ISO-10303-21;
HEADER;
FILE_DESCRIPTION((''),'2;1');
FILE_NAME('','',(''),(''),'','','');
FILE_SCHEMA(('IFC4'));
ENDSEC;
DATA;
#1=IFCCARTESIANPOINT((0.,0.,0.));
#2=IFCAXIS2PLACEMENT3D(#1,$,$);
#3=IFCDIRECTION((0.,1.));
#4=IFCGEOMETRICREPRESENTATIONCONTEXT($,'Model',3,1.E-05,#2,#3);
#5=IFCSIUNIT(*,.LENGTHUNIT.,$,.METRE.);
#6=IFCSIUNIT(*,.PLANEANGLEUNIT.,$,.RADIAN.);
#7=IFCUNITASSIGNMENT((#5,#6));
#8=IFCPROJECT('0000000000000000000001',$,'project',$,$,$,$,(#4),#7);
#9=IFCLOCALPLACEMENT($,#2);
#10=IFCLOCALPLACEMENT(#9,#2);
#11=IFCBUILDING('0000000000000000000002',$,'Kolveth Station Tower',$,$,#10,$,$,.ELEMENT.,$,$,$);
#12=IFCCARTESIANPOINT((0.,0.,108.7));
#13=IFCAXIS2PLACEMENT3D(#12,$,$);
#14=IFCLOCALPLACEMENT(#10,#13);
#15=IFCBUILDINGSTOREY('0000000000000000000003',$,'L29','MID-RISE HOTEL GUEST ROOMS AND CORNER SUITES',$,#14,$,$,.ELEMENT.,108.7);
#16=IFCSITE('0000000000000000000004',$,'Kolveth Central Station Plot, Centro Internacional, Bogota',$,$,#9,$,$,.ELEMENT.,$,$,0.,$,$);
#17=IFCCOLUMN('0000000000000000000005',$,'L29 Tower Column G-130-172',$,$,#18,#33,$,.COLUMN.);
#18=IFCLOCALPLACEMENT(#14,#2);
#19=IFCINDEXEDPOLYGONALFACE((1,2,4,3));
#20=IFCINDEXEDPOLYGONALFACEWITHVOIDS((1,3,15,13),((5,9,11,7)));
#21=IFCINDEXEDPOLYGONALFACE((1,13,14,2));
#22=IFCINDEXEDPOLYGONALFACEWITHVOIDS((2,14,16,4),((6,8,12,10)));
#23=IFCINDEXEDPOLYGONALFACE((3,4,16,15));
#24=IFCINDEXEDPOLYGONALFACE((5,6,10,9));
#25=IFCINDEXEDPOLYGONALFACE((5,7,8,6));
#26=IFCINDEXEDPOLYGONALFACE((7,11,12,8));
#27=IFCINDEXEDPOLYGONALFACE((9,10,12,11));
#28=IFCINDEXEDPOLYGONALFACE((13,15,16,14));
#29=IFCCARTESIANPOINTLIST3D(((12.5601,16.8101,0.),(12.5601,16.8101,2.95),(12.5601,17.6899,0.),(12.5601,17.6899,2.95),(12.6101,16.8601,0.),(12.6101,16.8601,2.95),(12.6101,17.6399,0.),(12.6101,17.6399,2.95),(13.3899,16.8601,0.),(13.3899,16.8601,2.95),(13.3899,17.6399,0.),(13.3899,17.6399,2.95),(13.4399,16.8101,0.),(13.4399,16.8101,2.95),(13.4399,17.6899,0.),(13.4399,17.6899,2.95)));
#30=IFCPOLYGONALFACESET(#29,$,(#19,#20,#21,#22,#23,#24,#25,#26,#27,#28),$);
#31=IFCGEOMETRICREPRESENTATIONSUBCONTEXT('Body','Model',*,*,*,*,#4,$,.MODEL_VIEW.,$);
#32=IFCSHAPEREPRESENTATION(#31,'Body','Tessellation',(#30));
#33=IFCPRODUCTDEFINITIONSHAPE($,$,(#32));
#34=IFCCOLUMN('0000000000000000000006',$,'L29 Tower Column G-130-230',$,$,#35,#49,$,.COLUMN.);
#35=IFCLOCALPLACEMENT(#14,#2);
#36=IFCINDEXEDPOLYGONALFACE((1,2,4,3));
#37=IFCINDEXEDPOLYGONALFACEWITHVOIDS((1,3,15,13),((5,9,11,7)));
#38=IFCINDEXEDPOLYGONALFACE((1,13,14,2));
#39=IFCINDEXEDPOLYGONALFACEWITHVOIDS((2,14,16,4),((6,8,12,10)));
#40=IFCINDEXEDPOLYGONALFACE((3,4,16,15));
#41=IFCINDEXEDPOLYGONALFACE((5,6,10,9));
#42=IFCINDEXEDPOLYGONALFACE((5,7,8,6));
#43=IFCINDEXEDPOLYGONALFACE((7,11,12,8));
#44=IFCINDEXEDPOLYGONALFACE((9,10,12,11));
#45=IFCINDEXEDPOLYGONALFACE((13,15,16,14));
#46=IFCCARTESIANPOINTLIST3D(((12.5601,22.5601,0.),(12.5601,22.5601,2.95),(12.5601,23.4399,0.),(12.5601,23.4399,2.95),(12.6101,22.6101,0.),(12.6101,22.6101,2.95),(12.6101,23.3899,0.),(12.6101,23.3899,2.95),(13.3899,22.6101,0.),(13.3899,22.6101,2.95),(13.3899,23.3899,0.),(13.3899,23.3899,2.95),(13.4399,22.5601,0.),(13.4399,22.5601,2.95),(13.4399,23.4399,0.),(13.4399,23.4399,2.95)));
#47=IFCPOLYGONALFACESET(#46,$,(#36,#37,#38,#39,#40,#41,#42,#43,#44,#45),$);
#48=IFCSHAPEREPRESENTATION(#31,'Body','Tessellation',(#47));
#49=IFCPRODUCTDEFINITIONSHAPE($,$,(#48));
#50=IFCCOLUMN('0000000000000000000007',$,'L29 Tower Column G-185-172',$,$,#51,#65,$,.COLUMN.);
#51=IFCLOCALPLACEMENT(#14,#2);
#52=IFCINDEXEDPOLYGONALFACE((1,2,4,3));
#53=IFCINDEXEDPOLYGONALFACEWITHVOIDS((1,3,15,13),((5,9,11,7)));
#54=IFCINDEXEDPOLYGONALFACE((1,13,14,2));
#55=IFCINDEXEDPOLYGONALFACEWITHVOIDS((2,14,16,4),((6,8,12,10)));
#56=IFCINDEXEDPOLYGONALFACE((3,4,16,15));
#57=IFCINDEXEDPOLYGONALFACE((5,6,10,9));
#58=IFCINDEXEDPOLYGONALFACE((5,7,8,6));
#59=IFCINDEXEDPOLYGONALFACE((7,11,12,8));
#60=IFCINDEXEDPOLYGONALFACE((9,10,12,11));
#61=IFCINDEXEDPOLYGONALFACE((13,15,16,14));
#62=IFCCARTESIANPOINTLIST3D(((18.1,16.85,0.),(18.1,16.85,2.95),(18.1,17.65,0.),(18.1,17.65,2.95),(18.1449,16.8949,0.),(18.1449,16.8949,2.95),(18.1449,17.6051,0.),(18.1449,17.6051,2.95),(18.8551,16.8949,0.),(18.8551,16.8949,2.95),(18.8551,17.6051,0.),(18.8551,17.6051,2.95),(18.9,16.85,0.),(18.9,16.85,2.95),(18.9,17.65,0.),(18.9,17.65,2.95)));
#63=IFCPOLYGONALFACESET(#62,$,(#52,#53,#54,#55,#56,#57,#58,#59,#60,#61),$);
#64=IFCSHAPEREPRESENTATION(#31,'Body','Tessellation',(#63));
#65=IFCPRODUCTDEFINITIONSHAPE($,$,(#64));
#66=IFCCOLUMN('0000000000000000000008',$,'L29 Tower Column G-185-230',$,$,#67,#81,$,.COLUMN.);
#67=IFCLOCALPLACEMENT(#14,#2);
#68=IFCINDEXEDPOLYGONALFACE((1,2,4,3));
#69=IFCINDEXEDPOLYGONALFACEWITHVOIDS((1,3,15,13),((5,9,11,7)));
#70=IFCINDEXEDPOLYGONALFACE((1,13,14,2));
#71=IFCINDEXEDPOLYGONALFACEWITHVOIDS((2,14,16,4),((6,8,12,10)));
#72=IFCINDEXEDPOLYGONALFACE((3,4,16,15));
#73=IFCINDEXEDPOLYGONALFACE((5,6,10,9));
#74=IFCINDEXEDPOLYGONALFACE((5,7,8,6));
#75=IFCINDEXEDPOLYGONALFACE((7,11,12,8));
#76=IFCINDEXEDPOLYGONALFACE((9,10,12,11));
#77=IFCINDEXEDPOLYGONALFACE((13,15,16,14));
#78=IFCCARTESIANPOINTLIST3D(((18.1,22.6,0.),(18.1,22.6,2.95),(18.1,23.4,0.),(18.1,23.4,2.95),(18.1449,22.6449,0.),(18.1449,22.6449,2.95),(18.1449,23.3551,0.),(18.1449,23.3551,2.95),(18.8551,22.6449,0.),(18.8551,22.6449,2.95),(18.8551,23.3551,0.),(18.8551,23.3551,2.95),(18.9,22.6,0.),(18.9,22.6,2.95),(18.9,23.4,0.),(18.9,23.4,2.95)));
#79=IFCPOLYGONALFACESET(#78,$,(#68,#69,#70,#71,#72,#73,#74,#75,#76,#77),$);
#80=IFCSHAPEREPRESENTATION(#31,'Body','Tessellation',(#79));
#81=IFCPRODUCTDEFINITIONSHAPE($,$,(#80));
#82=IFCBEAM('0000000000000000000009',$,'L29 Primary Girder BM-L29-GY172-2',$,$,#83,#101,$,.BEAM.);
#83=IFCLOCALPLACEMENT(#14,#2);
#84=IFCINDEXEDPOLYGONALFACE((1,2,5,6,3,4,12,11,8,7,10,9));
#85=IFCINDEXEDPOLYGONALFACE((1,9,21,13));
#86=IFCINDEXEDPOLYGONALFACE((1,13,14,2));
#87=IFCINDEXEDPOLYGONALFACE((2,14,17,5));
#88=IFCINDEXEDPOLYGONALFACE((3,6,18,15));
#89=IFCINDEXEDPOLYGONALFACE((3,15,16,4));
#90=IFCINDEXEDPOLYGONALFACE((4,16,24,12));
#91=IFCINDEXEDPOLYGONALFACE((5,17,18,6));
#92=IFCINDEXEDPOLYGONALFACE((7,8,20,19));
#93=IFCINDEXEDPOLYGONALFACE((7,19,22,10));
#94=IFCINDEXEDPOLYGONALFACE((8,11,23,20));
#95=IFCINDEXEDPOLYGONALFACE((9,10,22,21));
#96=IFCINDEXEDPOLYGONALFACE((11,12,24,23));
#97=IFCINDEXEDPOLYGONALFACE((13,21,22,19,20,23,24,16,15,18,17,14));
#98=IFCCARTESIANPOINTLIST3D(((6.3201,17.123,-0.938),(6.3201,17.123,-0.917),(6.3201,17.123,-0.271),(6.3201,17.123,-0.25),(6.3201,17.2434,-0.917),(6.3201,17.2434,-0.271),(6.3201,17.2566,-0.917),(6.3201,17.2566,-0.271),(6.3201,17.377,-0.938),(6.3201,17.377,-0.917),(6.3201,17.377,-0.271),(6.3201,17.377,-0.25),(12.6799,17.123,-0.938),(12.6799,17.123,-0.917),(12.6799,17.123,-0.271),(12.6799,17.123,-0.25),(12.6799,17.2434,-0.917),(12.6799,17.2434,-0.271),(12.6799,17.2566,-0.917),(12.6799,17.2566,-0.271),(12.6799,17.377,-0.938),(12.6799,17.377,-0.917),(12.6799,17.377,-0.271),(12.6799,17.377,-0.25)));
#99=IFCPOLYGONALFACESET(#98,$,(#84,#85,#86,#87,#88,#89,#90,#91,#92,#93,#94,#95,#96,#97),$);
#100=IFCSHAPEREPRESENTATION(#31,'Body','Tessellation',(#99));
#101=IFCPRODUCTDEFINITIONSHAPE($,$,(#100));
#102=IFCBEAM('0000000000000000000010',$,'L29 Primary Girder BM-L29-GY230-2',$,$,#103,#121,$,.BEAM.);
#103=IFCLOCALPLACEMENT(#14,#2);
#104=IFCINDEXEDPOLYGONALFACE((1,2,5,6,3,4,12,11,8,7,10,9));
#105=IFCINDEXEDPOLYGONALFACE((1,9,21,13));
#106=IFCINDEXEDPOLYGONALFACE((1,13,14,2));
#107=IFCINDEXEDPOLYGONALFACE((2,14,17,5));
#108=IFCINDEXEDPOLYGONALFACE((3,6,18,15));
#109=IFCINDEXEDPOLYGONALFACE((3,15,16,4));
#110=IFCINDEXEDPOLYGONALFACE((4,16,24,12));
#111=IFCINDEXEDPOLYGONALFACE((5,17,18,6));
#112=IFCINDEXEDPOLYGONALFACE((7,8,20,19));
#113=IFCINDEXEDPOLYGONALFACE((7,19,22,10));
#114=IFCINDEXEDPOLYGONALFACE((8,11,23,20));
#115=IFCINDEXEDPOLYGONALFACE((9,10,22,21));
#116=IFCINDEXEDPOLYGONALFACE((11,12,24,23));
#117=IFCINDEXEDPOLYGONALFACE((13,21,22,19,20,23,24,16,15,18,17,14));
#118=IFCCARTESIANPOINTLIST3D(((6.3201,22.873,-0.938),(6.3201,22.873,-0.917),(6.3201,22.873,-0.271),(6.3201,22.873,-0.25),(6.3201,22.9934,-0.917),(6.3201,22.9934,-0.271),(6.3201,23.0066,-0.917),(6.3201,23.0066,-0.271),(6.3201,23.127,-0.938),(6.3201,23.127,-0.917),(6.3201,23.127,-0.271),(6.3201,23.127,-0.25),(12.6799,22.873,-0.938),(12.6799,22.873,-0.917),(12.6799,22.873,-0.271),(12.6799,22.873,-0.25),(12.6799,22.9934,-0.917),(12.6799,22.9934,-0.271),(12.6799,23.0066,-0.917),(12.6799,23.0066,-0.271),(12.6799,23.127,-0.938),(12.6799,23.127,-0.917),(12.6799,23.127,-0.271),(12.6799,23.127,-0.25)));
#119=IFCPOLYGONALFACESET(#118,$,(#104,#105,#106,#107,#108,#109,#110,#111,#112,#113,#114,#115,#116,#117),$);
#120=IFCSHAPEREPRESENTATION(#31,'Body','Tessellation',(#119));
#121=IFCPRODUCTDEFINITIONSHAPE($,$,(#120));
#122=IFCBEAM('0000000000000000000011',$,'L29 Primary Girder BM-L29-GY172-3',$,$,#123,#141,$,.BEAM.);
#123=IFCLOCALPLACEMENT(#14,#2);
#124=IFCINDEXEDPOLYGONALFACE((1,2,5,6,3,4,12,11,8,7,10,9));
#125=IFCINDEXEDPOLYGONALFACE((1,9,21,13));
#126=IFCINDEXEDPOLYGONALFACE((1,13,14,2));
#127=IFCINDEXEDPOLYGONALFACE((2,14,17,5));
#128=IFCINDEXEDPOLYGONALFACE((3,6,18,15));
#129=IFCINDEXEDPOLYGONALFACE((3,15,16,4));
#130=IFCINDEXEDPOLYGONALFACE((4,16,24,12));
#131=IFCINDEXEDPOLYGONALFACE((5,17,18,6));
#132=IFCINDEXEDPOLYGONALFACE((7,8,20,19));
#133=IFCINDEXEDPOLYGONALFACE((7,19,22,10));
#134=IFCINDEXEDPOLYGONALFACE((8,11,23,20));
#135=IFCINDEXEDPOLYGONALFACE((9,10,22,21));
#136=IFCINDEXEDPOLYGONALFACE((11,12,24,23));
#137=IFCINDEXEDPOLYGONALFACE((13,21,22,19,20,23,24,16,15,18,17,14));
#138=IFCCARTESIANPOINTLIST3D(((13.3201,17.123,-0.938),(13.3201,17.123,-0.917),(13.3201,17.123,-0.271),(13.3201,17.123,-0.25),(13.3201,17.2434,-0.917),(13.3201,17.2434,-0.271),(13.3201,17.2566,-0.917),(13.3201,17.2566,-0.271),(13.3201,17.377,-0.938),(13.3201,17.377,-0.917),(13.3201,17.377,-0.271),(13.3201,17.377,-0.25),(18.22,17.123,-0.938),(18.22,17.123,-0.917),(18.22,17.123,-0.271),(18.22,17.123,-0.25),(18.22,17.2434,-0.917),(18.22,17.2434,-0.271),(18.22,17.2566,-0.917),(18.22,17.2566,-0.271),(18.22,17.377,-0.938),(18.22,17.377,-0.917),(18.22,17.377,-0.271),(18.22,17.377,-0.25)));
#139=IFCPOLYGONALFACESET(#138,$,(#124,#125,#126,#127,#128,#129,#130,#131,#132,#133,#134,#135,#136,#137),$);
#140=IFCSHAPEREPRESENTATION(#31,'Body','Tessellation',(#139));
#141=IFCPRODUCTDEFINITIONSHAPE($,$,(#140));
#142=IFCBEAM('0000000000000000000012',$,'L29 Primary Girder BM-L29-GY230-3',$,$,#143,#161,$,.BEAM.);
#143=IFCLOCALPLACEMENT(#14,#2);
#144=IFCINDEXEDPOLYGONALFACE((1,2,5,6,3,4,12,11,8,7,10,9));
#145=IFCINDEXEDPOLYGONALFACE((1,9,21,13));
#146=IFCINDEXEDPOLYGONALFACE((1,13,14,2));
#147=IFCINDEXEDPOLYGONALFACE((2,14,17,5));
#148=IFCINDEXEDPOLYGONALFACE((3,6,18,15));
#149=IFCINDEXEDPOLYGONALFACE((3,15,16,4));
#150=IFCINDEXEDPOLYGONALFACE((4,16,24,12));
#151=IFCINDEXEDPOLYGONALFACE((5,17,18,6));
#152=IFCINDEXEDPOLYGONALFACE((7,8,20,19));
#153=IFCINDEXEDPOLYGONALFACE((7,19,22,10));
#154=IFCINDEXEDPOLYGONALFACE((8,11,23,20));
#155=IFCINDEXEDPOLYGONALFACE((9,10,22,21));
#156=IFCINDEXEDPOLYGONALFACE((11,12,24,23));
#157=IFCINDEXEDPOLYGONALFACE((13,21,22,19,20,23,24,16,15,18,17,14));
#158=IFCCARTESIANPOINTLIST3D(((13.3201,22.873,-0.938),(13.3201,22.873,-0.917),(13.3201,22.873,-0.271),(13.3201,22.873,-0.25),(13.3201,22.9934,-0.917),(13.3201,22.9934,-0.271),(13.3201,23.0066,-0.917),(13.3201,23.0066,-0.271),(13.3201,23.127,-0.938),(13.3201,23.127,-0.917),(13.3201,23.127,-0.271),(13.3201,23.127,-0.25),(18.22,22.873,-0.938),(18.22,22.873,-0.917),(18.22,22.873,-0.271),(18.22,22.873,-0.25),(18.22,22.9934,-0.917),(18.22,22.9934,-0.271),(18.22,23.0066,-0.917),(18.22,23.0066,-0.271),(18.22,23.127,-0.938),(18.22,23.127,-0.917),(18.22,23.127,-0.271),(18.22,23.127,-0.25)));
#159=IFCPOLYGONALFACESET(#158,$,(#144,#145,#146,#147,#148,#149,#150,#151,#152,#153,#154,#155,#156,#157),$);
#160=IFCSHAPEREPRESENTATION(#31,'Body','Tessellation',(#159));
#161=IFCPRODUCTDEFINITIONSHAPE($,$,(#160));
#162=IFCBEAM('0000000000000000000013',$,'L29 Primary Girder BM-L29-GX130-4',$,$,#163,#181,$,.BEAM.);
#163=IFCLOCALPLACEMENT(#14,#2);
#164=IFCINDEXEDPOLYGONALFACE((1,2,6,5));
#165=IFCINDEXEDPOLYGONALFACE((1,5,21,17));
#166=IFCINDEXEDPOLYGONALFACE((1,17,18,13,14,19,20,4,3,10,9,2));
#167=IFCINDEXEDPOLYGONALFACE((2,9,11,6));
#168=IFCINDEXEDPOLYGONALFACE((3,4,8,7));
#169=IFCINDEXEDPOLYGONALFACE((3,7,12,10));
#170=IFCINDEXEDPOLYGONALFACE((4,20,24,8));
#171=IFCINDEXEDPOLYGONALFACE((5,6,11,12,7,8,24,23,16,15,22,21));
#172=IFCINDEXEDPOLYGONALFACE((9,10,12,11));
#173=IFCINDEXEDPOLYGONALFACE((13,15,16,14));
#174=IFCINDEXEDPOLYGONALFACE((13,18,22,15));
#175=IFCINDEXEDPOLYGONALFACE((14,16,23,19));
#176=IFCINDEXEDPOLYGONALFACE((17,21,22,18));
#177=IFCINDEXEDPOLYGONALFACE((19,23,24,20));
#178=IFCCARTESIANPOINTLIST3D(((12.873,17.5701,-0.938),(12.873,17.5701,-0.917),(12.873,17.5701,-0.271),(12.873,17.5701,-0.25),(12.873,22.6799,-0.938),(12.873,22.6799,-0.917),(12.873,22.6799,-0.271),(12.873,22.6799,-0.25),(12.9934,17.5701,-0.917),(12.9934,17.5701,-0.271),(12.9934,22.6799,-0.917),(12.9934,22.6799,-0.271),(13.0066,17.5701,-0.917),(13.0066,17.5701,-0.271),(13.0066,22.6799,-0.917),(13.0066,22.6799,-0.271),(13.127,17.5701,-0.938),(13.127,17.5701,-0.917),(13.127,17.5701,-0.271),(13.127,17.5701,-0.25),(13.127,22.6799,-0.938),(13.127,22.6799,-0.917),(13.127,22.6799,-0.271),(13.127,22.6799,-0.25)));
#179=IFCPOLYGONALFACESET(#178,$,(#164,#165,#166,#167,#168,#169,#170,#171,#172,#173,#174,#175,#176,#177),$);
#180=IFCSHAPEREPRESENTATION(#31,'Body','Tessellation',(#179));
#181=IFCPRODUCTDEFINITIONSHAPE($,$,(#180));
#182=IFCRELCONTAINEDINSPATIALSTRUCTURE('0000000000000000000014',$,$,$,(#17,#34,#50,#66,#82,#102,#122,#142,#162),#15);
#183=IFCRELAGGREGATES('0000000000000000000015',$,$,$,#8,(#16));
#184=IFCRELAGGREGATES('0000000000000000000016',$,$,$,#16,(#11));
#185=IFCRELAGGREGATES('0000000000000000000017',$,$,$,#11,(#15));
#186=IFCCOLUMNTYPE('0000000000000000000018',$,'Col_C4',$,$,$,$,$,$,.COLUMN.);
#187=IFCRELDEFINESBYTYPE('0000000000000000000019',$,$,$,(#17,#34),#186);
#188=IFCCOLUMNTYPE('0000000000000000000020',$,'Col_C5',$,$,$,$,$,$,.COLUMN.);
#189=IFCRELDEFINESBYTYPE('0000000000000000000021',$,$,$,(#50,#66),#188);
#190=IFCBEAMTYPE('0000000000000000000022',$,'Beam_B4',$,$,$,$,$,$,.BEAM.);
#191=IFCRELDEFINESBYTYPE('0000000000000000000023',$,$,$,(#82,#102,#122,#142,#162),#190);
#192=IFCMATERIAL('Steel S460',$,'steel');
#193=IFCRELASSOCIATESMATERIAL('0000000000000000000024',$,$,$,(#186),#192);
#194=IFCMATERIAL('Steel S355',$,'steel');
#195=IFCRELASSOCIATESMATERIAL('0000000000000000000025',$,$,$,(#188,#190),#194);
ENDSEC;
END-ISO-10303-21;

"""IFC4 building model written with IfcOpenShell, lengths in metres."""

from ifc_helpers import new_model, si_unit, direction, frame, origin, origin_2d, place, context, subcontext, project, spatial, hollow_rectangle, i_section, extrude, source, transform, mapped, material, material_profile, profile_set, type_object, element, save


model = new_model("IFC4")

# Units and contexts
model_context = context("Model", 3, precision=1e-05, world=origin(), true_north=direction((0.0, 1.0)))
body_context = subcontext(model_context, "Body", "Model", "MODEL_VIEW")
ifc_project = project(units=[si_unit("LENGTHUNIT", "METRE"), si_unit("PLANEANGLEUNIT", "RADIAN")], contexts=[model_context])

# Site, building, storey
site_placement = place(None, origin())
site = spatial("IfcSite", under=ifc_project, at=site_placement, Name="Kolveth Central Station Plot, Centro Internacional, Bogota", CompositionType="ELEMENT", RefElevation=0.0)
building_placement = place(site_placement, origin())
building = spatial("IfcBuilding", under=site, at=building_placement, Name="Kolveth Station Tower", CompositionType="ELEMENT")
storey_placement = place(building_placement, frame((0.0, 0.0, 108.7)))
storey = spatial("IfcBuildingStorey", under=building, at=storey_placement, Name="L29", Description="MID-RISE HOTEL GUEST ROOMS AND CORNER SUITES", CompositionType="ELEMENT", Elevation=108.7)

# Columns
ifc_material_1 = material(Name="Steel S460", Category="steel")
ifc_material_profile_1 = material_profile(ifc_material_1, hollow_rectangle(XDim=0.8799, YDim=0.8799, WallThickness=0.05, at=origin_2d()), Name="BOX880x880x50")
ifc_profile_set_1 = profile_set([ifc_material_profile_1], Name="Steel S460")
column_type_1 = type_object("IfcColumnType", Name="Col_C4", PredefinedType="COLUMN", material=ifc_profile_set_1)
shared_shape_1 = source(origin(), body_context, "Body", "SweptSolid", [
    extrude(hollow_rectangle(XDim=0.8799, YDim=0.8799, WallThickness=0.05, at=origin_2d()), origin(), (0.0, 0.0, 1.0), 2.95),
])
for number, where, z_axis, x_axis, name in (
    (1, (13.0, 17.25, 0.0), (0.0, 0.0, 1.0), (1.0, 0.0, 0.0), "L29 Tower Column G-130-172"),
    (2, (13.0, 23.0, 0.0), (0.0, 0.0, 1.0), (1.0, 0.0, 0.0), "L29 Tower Column G-130-230"),
):
    element("IfcColumn", number, at=place(storey_placement, frame(where, z_axis=z_axis, x_axis=x_axis)), inside=storey, type_object=column_type_1, Name=name, PredefinedType="COLUMN", context=body_context, shape_type="MappedRepresentation", body=[
        mapped(shared_shape_1, transform((0.0, 0.0, 0.0), x_axis=(1.0, 0.0, 0.0), y_axis=(0.0, 1.0, 0.0), z_axis=(0.0, 0.0, 1.0), scale=1.0)),
    ])
ifc_material_2 = material(Name="Steel S355", Category="steel")
ifc_material_profile_2 = material_profile(ifc_material_2, hollow_rectangle(XDim=0.8, YDim=0.8, WallThickness=0.0449, at=origin_2d()), Name="BOX800x800x45")
ifc_profile_set_2 = profile_set([ifc_material_profile_2], Name="Steel S355")
column_type_2 = type_object("IfcColumnType", Name="Col_C5", PredefinedType="COLUMN", material=ifc_profile_set_2)
shared_shape_2 = source(origin(), body_context, "Body", "SweptSolid", [
    extrude(hollow_rectangle(XDim=0.8, YDim=0.8, WallThickness=0.0449, at=origin_2d()), origin(), (0.0, 0.0, 1.0), 2.95),
])
for number, where, z_axis, x_axis, name in (
    (3, (18.5, 17.25, 0.0), (0.0, 0.0, 1.0), (1.0, 0.0, 0.0), "L29 Tower Column G-185-172"),
    (4, (18.5, 23.0, 0.0), (0.0, 0.0, 1.0), (1.0, 0.0, 0.0), "L29 Tower Column G-185-230"),
):
    element("IfcColumn", number, at=place(storey_placement, frame(where, z_axis=z_axis, x_axis=x_axis)), inside=storey, type_object=column_type_2, Name=name, PredefinedType="COLUMN", context=body_context, shape_type="MappedRepresentation", body=[
        mapped(shared_shape_2, transform((0.0, 0.0, 0.0), x_axis=(1.0, 0.0, 0.0), y_axis=(0.0, 1.0, 0.0), z_axis=(0.0, 0.0, 1.0), scale=1.0)),
    ])

# Beams
ifc_material_profile_3 = material_profile(ifc_material_2, i_section(OverallWidth=0.2539, OverallDepth=0.688, WebThickness=0.0132, FlangeThickness=0.021, at=origin_2d()), Name="W690x152")
ifc_profile_set_3 = profile_set([ifc_material_profile_3], Name="Steel S355")
beam_type_1 = type_object("IfcBeamType", Name="Beam_B4", PredefinedType="BEAM", material=ifc_profile_set_3)
shared_shape_3 = source(origin(), body_context, "Body", "SweptSolid", [
    extrude(i_section(OverallWidth=0.2539, OverallDepth=0.688, WebThickness=0.0132, FlangeThickness=0.021, at=origin_2d()), origin(), (0.0, 0.0, 1.0), 6.3599),
])
for number, where, z_axis, x_axis, name in (
    (5, (6.3201, 17.25, -0.594), (1.0, 0.0, 0.0), (0.0, 1.0, 0.0), "L29 Primary Girder BM-L29-GY172-2"),
    (6, (6.3201, 23.0, -0.594), (1.0, 0.0, 0.0), (0.0, 1.0, 0.0), "L29 Primary Girder BM-L29-GY230-2"),
):
    element("IfcBeam", number, at=place(storey_placement, frame(where, z_axis=z_axis, x_axis=x_axis)), inside=storey, type_object=beam_type_1, Name=name, PredefinedType="BEAM", context=body_context, shape_type="MappedRepresentation", body=[
        mapped(shared_shape_3, transform((0.0, 0.0, 0.0), x_axis=(1.0, 0.0, 0.0), y_axis=(0.0, 1.0, 0.0), z_axis=(0.0, 0.0, 1.0), scale=1.0)),
    ])
shared_shape_4 = source(origin(), body_context, "Body", "SweptSolid", [
    extrude(i_section(OverallWidth=0.2539, OverallDepth=0.688, WebThickness=0.0132, FlangeThickness=0.021, at=origin_2d()), origin(), (0.0, 0.0, 1.0), 4.8999),
])
for number, where, z_axis, x_axis, name in (
    (7, (13.3201, 17.25, -0.594), (1.0, 0.0, 0.0), (0.0, 1.0, 0.0), "L29 Primary Girder BM-L29-GY172-3"),
    (8, (13.3201, 23.0, -0.594), (1.0, 0.0, 0.0), (0.0, 1.0, 0.0), "L29 Primary Girder BM-L29-GY230-3"),
):
    element("IfcBeam", number, at=place(storey_placement, frame(where, z_axis=z_axis, x_axis=x_axis)), inside=storey, type_object=beam_type_1, Name=name, PredefinedType="BEAM", context=body_context, shape_type="MappedRepresentation", body=[
        mapped(shared_shape_4, transform((0.0, 0.0, 0.0), x_axis=(1.0, 0.0, 0.0), y_axis=(0.0, 1.0, 0.0), z_axis=(0.0, 0.0, 1.0), scale=1.0)),
    ])
shared_shape_5 = source(origin(), body_context, "Body", "SweptSolid", [
    extrude(i_section(OverallWidth=0.2539, OverallDepth=0.688, WebThickness=0.0132, FlangeThickness=0.021, at=origin_2d()), origin(), (0.0, 0.0, 1.0), 5.1099),
])
for number, where, z_axis, x_axis, name in (
    (9, (13.0, 17.5701, -0.594), (0.0, 1.0, 0.0), (-1.0, 0.0, 0.0), "L29 Primary Girder BM-L29-GX130-4"),
):
    element("IfcBeam", number, at=place(storey_placement, frame(where, z_axis=z_axis, x_axis=x_axis)), inside=storey, type_object=beam_type_1, Name=name, PredefinedType="BEAM", context=body_context, shape_type="MappedRepresentation", body=[
        mapped(shared_shape_5, transform((0.0, 0.0, 0.0), x_axis=(1.0, 0.0, 0.0), y_axis=(0.0, 1.0, 0.0), z_axis=(0.0, 0.0, 1.0), scale=1.0)),
    ])

save(model, "model.ifc")
